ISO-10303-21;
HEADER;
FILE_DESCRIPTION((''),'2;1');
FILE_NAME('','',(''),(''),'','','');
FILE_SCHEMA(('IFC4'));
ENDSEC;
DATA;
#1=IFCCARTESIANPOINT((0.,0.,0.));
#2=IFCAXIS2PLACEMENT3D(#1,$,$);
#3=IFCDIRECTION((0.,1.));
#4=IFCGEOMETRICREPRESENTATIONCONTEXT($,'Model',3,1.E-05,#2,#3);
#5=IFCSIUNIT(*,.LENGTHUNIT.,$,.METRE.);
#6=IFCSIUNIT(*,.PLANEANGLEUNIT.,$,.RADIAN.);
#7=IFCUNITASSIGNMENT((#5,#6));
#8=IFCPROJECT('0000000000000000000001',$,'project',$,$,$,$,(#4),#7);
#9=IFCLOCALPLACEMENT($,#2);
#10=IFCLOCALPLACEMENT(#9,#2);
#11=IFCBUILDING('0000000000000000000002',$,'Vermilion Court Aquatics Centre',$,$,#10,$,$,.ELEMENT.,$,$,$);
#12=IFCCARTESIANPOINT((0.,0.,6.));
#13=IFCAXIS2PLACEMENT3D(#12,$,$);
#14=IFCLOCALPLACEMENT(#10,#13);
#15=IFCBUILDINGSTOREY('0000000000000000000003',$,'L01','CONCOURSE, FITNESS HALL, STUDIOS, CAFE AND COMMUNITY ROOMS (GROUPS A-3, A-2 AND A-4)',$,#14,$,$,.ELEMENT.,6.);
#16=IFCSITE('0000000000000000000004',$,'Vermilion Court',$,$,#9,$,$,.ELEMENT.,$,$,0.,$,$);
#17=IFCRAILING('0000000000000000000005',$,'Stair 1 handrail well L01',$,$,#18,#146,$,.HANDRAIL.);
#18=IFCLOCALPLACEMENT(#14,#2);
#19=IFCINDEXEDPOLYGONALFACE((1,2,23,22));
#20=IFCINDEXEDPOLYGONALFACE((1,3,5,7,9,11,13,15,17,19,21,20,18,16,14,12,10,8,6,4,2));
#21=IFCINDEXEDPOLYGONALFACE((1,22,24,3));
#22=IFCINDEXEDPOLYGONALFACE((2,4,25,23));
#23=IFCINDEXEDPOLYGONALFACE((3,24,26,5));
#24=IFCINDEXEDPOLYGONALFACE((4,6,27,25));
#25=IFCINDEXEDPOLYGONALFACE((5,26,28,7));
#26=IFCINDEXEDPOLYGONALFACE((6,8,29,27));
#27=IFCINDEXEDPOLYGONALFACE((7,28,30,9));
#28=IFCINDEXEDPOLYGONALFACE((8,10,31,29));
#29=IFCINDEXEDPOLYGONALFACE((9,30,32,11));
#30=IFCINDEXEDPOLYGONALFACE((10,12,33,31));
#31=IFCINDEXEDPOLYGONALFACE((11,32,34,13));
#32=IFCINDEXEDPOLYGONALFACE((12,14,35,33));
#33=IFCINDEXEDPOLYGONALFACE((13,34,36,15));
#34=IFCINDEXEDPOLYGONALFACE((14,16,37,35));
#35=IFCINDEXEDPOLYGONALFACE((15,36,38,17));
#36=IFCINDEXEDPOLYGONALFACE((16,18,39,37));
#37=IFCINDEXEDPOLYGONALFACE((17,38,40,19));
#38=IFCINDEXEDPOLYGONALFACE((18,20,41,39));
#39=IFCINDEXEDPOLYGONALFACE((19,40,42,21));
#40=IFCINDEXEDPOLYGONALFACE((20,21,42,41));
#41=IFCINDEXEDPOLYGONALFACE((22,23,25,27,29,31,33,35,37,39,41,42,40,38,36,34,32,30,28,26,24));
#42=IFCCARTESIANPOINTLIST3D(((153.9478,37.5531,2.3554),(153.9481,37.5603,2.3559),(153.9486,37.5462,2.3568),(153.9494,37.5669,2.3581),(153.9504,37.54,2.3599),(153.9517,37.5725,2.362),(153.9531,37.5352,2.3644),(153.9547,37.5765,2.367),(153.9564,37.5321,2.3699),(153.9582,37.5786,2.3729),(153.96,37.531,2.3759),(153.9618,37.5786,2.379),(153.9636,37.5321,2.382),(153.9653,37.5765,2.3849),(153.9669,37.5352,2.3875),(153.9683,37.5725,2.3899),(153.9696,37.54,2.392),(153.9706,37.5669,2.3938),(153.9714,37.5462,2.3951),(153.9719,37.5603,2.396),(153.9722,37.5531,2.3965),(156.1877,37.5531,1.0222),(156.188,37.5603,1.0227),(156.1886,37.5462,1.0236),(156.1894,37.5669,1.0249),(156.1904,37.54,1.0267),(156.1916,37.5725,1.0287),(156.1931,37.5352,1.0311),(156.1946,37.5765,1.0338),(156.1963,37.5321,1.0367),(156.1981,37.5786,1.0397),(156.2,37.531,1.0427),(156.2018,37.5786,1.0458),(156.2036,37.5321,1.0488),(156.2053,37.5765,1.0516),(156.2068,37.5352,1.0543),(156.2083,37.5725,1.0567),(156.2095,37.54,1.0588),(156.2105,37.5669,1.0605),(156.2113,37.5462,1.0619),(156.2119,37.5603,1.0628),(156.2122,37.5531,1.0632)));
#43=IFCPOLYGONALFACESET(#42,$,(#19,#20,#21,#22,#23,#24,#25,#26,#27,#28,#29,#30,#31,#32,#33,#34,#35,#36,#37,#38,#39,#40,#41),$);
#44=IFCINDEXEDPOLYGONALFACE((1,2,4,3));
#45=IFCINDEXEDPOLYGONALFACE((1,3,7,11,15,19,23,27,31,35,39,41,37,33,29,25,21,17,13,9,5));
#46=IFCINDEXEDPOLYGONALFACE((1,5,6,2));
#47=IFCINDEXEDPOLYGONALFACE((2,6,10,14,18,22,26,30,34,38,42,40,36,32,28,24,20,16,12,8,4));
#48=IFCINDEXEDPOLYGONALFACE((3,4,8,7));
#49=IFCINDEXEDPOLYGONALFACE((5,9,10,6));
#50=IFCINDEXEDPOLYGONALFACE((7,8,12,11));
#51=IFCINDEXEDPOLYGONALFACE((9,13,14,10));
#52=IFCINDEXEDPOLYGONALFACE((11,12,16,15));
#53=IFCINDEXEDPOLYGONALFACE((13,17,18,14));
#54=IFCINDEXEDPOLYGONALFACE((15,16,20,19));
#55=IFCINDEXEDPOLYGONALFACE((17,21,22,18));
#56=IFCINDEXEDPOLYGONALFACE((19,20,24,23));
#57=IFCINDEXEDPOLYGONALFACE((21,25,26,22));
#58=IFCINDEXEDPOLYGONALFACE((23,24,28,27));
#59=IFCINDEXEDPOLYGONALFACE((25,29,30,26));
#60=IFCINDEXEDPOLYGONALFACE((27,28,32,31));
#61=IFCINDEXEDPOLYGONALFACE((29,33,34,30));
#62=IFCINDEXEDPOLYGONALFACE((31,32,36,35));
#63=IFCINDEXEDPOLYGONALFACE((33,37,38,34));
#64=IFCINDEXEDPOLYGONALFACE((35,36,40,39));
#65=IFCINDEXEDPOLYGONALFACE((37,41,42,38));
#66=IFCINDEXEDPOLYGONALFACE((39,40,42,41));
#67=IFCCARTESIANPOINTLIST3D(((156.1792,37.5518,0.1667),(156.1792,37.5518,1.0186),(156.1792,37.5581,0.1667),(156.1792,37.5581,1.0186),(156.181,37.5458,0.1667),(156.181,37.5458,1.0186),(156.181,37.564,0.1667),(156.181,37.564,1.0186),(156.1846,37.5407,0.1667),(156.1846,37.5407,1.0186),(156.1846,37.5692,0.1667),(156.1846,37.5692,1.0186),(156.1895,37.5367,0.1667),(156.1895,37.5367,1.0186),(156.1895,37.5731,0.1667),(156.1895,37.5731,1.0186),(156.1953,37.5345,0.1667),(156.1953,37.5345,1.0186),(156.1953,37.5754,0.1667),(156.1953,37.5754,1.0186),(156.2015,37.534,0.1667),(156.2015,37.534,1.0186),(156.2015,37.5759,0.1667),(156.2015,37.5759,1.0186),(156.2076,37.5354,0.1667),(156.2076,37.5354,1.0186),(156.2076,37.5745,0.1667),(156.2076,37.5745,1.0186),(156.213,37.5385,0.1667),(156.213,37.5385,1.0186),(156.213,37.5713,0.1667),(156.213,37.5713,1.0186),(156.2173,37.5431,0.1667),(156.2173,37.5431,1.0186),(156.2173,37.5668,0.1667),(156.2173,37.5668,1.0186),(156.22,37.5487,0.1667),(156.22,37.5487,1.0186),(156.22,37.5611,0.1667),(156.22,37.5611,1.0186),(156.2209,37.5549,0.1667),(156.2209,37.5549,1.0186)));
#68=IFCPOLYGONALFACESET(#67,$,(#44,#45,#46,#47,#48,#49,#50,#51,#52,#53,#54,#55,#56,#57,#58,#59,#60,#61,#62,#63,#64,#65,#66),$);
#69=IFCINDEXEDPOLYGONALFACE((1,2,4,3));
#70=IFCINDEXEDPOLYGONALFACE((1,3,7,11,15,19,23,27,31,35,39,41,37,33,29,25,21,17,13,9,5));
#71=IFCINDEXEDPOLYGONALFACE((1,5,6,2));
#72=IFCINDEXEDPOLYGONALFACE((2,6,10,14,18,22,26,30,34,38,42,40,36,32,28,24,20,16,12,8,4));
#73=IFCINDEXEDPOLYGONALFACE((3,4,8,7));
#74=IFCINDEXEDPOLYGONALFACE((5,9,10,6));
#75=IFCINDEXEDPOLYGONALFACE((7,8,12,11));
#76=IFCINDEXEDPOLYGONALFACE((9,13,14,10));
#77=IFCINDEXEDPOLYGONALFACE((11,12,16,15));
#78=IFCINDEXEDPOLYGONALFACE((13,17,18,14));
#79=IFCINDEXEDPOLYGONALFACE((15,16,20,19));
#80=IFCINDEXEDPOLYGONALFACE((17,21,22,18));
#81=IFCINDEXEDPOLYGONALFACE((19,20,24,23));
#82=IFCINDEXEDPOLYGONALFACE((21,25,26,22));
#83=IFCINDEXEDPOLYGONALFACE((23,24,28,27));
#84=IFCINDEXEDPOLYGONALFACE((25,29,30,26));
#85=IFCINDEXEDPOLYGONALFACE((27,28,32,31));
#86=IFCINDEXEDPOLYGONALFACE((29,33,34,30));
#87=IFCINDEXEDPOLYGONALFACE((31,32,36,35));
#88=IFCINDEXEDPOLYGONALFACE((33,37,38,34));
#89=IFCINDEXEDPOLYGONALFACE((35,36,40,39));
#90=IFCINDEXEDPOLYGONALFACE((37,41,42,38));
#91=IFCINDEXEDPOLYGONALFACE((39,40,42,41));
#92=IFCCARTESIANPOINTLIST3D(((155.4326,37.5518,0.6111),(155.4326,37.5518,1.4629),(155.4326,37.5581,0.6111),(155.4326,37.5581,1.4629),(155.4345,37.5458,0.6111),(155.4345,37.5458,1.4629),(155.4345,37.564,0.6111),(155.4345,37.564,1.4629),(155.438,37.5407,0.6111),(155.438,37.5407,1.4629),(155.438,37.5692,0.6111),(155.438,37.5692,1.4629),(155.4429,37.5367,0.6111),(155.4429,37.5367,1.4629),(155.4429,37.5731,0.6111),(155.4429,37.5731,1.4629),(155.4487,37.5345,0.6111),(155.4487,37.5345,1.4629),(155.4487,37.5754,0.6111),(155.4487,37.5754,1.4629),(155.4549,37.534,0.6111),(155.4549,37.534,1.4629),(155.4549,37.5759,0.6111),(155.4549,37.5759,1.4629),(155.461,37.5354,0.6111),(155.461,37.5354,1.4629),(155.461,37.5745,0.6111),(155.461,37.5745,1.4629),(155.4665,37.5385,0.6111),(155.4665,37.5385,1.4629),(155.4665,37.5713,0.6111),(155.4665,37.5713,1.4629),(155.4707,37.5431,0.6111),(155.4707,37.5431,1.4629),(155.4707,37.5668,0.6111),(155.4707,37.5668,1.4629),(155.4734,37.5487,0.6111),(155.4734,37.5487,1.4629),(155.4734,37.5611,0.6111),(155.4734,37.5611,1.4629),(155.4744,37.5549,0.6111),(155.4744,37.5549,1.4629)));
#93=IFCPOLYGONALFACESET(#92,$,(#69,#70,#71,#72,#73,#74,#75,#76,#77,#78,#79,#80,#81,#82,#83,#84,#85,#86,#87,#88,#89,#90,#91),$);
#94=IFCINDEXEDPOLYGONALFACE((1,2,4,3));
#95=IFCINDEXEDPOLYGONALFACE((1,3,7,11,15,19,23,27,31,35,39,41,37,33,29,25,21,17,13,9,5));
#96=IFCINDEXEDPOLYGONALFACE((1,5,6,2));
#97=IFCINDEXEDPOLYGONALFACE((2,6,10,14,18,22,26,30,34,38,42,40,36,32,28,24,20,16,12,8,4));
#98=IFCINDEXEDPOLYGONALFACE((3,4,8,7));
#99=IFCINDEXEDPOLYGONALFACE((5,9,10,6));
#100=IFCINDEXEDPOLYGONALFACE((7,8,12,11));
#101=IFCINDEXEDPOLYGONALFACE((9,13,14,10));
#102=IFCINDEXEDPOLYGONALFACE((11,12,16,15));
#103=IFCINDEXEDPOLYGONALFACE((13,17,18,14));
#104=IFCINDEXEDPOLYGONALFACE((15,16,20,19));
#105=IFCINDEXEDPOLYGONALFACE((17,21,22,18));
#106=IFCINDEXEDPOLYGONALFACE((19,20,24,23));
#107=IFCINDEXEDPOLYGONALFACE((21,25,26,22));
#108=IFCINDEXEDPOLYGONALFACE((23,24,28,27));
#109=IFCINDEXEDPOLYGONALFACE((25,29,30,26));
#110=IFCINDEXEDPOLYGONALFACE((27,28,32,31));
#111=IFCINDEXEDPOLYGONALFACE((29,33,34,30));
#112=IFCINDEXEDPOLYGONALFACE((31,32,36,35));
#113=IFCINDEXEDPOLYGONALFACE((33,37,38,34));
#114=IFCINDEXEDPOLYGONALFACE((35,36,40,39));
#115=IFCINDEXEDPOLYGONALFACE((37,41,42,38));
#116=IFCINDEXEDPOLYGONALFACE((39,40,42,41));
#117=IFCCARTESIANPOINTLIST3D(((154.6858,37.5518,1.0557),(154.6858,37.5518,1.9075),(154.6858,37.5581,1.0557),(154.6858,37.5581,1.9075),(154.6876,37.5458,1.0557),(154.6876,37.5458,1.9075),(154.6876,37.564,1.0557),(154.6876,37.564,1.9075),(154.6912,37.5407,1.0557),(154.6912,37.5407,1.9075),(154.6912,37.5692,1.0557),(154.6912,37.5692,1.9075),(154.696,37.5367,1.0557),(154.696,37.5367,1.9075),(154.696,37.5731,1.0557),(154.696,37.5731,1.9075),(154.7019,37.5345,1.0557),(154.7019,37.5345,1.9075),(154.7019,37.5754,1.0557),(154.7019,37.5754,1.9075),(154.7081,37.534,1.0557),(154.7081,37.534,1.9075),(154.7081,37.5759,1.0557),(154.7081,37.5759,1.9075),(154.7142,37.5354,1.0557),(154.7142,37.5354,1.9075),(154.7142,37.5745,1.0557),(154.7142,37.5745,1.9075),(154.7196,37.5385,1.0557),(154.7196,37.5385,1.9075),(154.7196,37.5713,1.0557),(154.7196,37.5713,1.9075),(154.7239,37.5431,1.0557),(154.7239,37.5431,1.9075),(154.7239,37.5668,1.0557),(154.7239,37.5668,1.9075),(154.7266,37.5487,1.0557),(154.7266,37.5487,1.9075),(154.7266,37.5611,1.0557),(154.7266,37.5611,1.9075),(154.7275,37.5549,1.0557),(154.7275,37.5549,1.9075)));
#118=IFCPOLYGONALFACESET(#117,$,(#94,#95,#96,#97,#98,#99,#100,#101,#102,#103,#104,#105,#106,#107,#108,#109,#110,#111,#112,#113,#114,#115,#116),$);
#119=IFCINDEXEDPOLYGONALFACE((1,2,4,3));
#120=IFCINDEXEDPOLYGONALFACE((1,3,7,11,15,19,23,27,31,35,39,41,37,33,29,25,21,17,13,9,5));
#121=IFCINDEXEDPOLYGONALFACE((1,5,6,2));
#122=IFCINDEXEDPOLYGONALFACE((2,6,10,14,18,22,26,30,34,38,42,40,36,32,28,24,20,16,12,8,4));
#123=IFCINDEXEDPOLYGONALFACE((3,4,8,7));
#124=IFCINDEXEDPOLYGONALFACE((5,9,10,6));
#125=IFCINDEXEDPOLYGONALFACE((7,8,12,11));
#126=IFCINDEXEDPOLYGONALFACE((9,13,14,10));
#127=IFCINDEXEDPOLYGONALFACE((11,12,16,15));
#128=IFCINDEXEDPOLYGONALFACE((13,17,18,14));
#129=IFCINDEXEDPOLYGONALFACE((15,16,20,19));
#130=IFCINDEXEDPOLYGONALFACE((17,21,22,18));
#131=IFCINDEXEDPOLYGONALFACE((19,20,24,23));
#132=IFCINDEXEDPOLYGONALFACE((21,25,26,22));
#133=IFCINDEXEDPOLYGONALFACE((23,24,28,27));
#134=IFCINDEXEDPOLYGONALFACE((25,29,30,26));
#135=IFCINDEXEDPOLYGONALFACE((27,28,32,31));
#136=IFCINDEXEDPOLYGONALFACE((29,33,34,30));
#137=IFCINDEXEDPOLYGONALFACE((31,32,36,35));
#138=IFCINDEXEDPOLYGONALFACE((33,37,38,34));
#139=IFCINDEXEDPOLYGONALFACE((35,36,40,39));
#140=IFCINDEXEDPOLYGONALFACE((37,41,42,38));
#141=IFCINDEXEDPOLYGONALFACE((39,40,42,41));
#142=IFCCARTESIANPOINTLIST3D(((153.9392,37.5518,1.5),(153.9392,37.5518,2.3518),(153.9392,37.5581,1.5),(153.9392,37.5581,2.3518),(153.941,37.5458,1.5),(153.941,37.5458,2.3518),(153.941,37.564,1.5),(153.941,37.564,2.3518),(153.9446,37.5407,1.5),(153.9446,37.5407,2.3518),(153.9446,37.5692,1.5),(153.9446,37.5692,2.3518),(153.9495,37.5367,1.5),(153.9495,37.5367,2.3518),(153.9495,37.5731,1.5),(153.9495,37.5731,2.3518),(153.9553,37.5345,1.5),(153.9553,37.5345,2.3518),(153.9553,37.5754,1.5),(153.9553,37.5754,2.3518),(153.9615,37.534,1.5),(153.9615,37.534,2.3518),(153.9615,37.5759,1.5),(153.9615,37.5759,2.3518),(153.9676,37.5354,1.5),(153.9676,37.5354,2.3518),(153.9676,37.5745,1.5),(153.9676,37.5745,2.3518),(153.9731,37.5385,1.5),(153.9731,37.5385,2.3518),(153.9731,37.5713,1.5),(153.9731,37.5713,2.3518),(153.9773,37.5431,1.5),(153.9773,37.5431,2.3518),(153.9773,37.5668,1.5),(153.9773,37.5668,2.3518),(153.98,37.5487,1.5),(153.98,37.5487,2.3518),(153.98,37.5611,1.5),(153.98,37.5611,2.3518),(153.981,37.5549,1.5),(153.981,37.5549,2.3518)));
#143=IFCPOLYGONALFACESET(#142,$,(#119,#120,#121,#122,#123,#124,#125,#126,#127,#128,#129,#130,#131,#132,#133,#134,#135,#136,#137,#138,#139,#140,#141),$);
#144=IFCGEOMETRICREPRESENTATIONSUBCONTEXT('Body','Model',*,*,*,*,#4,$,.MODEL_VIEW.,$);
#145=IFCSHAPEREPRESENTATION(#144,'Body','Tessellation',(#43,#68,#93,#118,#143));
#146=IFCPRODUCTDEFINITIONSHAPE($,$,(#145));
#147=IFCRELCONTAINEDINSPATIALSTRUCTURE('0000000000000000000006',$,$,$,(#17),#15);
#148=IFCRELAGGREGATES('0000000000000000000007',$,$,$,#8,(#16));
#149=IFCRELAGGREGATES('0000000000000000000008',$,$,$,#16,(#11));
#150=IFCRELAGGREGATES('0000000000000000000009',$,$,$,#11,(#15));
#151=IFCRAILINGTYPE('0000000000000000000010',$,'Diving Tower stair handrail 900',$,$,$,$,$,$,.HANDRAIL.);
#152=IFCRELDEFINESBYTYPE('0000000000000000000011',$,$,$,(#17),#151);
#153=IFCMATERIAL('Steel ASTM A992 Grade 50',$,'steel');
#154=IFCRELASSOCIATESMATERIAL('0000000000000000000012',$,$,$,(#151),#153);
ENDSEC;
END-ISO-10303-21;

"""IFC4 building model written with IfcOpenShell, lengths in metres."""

from ifc_helpers import new_model, si_unit, direction, frame, origin, origin_2d, place, context, subcontext, project, spatial, circle, extrude, material, type_object, element, save


model = new_model("IFC4")

# Units and contexts
model_context = context("Model", 3, precision=1e-05, world=origin(), true_north=direction((0.0, 1.0)))
body_context = subcontext(model_context, "Body", "Model", "MODEL_VIEW")
ifc_project = project(units=[si_unit("LENGTHUNIT", "METRE"), si_unit("PLANEANGLEUNIT", "RADIAN")], contexts=[model_context])

# Site, building, storey
site_placement = place(None, origin())
site = spatial("IfcSite", under=ifc_project, at=site_placement, Name="Vermilion Court", CompositionType="ELEMENT", RefElevation=0.0)
building_placement = place(site_placement, origin())
building = spatial("IfcBuilding", under=site, at=building_placement, Name="Vermilion Court Aquatics Centre", CompositionType="ELEMENT")
storey_placement = place(building_placement, frame((0.0, 0.0, 6.0)))
storey = spatial("IfcBuildingStorey", under=building, at=storey_placement, Name="L01", Description="CONCOURSE, FITNESS HALL, STUDIOS, CAFE AND COMMUNITY ROOMS (GROUPS A-3, A-2 AND A-4)", CompositionType="ELEMENT", Elevation=6.0)

# Railing
ifc_material_1 = material(Name="Steel ASTM A992 Grade 50", Category="steel")
railing_type_1 = type_object("IfcRailingType", Name="Diving Tower stair handrail 900", PredefinedType="HANDRAIL", material=ifc_material_1)
for number, where, name in (
    (1, (156.2, 37.5549, 0.1667), "Stair 1 handrail well L01"),
):
    element("IfcRailing", number, at=place(storey_placement, frame(where)), inside=storey, type_object=railing_type_1, Name=name, PredefinedType="HANDRAIL", context=body_context, shape_type="SweptSolid", body=[
        extrude(circle(Radius=0.0239, at=origin_2d()), frame((0.0, 0.0, 0.876), z_axis=(-0.859306, 0.0, 0.511462), x_axis=(0.0, -1.0, 0.0)), (0.0, 0.0, 1.0), 2.6067),
        extrude(circle(Radius=0.021, at=origin_2d()), origin(), (0.0, 0.0, 1.0), 0.8518),
        extrude(circle(Radius=0.021, at=origin_2d()), frame((-0.7466, 0.0, 0.4443)), (0.0, 0.0, 1.0), 0.8518),
        extrude(circle(Radius=0.021, at=origin_2d()), frame((-1.4934, 0.0, 0.8889)), (0.0, 0.0, 1.0), 0.8518),
        extrude(circle(Radius=0.021, at=origin_2d()), frame((-2.24, 0.0, 1.3333)), (0.0, 0.0, 1.0), 0.8518),
    ])

save(model, "model.ifc")
